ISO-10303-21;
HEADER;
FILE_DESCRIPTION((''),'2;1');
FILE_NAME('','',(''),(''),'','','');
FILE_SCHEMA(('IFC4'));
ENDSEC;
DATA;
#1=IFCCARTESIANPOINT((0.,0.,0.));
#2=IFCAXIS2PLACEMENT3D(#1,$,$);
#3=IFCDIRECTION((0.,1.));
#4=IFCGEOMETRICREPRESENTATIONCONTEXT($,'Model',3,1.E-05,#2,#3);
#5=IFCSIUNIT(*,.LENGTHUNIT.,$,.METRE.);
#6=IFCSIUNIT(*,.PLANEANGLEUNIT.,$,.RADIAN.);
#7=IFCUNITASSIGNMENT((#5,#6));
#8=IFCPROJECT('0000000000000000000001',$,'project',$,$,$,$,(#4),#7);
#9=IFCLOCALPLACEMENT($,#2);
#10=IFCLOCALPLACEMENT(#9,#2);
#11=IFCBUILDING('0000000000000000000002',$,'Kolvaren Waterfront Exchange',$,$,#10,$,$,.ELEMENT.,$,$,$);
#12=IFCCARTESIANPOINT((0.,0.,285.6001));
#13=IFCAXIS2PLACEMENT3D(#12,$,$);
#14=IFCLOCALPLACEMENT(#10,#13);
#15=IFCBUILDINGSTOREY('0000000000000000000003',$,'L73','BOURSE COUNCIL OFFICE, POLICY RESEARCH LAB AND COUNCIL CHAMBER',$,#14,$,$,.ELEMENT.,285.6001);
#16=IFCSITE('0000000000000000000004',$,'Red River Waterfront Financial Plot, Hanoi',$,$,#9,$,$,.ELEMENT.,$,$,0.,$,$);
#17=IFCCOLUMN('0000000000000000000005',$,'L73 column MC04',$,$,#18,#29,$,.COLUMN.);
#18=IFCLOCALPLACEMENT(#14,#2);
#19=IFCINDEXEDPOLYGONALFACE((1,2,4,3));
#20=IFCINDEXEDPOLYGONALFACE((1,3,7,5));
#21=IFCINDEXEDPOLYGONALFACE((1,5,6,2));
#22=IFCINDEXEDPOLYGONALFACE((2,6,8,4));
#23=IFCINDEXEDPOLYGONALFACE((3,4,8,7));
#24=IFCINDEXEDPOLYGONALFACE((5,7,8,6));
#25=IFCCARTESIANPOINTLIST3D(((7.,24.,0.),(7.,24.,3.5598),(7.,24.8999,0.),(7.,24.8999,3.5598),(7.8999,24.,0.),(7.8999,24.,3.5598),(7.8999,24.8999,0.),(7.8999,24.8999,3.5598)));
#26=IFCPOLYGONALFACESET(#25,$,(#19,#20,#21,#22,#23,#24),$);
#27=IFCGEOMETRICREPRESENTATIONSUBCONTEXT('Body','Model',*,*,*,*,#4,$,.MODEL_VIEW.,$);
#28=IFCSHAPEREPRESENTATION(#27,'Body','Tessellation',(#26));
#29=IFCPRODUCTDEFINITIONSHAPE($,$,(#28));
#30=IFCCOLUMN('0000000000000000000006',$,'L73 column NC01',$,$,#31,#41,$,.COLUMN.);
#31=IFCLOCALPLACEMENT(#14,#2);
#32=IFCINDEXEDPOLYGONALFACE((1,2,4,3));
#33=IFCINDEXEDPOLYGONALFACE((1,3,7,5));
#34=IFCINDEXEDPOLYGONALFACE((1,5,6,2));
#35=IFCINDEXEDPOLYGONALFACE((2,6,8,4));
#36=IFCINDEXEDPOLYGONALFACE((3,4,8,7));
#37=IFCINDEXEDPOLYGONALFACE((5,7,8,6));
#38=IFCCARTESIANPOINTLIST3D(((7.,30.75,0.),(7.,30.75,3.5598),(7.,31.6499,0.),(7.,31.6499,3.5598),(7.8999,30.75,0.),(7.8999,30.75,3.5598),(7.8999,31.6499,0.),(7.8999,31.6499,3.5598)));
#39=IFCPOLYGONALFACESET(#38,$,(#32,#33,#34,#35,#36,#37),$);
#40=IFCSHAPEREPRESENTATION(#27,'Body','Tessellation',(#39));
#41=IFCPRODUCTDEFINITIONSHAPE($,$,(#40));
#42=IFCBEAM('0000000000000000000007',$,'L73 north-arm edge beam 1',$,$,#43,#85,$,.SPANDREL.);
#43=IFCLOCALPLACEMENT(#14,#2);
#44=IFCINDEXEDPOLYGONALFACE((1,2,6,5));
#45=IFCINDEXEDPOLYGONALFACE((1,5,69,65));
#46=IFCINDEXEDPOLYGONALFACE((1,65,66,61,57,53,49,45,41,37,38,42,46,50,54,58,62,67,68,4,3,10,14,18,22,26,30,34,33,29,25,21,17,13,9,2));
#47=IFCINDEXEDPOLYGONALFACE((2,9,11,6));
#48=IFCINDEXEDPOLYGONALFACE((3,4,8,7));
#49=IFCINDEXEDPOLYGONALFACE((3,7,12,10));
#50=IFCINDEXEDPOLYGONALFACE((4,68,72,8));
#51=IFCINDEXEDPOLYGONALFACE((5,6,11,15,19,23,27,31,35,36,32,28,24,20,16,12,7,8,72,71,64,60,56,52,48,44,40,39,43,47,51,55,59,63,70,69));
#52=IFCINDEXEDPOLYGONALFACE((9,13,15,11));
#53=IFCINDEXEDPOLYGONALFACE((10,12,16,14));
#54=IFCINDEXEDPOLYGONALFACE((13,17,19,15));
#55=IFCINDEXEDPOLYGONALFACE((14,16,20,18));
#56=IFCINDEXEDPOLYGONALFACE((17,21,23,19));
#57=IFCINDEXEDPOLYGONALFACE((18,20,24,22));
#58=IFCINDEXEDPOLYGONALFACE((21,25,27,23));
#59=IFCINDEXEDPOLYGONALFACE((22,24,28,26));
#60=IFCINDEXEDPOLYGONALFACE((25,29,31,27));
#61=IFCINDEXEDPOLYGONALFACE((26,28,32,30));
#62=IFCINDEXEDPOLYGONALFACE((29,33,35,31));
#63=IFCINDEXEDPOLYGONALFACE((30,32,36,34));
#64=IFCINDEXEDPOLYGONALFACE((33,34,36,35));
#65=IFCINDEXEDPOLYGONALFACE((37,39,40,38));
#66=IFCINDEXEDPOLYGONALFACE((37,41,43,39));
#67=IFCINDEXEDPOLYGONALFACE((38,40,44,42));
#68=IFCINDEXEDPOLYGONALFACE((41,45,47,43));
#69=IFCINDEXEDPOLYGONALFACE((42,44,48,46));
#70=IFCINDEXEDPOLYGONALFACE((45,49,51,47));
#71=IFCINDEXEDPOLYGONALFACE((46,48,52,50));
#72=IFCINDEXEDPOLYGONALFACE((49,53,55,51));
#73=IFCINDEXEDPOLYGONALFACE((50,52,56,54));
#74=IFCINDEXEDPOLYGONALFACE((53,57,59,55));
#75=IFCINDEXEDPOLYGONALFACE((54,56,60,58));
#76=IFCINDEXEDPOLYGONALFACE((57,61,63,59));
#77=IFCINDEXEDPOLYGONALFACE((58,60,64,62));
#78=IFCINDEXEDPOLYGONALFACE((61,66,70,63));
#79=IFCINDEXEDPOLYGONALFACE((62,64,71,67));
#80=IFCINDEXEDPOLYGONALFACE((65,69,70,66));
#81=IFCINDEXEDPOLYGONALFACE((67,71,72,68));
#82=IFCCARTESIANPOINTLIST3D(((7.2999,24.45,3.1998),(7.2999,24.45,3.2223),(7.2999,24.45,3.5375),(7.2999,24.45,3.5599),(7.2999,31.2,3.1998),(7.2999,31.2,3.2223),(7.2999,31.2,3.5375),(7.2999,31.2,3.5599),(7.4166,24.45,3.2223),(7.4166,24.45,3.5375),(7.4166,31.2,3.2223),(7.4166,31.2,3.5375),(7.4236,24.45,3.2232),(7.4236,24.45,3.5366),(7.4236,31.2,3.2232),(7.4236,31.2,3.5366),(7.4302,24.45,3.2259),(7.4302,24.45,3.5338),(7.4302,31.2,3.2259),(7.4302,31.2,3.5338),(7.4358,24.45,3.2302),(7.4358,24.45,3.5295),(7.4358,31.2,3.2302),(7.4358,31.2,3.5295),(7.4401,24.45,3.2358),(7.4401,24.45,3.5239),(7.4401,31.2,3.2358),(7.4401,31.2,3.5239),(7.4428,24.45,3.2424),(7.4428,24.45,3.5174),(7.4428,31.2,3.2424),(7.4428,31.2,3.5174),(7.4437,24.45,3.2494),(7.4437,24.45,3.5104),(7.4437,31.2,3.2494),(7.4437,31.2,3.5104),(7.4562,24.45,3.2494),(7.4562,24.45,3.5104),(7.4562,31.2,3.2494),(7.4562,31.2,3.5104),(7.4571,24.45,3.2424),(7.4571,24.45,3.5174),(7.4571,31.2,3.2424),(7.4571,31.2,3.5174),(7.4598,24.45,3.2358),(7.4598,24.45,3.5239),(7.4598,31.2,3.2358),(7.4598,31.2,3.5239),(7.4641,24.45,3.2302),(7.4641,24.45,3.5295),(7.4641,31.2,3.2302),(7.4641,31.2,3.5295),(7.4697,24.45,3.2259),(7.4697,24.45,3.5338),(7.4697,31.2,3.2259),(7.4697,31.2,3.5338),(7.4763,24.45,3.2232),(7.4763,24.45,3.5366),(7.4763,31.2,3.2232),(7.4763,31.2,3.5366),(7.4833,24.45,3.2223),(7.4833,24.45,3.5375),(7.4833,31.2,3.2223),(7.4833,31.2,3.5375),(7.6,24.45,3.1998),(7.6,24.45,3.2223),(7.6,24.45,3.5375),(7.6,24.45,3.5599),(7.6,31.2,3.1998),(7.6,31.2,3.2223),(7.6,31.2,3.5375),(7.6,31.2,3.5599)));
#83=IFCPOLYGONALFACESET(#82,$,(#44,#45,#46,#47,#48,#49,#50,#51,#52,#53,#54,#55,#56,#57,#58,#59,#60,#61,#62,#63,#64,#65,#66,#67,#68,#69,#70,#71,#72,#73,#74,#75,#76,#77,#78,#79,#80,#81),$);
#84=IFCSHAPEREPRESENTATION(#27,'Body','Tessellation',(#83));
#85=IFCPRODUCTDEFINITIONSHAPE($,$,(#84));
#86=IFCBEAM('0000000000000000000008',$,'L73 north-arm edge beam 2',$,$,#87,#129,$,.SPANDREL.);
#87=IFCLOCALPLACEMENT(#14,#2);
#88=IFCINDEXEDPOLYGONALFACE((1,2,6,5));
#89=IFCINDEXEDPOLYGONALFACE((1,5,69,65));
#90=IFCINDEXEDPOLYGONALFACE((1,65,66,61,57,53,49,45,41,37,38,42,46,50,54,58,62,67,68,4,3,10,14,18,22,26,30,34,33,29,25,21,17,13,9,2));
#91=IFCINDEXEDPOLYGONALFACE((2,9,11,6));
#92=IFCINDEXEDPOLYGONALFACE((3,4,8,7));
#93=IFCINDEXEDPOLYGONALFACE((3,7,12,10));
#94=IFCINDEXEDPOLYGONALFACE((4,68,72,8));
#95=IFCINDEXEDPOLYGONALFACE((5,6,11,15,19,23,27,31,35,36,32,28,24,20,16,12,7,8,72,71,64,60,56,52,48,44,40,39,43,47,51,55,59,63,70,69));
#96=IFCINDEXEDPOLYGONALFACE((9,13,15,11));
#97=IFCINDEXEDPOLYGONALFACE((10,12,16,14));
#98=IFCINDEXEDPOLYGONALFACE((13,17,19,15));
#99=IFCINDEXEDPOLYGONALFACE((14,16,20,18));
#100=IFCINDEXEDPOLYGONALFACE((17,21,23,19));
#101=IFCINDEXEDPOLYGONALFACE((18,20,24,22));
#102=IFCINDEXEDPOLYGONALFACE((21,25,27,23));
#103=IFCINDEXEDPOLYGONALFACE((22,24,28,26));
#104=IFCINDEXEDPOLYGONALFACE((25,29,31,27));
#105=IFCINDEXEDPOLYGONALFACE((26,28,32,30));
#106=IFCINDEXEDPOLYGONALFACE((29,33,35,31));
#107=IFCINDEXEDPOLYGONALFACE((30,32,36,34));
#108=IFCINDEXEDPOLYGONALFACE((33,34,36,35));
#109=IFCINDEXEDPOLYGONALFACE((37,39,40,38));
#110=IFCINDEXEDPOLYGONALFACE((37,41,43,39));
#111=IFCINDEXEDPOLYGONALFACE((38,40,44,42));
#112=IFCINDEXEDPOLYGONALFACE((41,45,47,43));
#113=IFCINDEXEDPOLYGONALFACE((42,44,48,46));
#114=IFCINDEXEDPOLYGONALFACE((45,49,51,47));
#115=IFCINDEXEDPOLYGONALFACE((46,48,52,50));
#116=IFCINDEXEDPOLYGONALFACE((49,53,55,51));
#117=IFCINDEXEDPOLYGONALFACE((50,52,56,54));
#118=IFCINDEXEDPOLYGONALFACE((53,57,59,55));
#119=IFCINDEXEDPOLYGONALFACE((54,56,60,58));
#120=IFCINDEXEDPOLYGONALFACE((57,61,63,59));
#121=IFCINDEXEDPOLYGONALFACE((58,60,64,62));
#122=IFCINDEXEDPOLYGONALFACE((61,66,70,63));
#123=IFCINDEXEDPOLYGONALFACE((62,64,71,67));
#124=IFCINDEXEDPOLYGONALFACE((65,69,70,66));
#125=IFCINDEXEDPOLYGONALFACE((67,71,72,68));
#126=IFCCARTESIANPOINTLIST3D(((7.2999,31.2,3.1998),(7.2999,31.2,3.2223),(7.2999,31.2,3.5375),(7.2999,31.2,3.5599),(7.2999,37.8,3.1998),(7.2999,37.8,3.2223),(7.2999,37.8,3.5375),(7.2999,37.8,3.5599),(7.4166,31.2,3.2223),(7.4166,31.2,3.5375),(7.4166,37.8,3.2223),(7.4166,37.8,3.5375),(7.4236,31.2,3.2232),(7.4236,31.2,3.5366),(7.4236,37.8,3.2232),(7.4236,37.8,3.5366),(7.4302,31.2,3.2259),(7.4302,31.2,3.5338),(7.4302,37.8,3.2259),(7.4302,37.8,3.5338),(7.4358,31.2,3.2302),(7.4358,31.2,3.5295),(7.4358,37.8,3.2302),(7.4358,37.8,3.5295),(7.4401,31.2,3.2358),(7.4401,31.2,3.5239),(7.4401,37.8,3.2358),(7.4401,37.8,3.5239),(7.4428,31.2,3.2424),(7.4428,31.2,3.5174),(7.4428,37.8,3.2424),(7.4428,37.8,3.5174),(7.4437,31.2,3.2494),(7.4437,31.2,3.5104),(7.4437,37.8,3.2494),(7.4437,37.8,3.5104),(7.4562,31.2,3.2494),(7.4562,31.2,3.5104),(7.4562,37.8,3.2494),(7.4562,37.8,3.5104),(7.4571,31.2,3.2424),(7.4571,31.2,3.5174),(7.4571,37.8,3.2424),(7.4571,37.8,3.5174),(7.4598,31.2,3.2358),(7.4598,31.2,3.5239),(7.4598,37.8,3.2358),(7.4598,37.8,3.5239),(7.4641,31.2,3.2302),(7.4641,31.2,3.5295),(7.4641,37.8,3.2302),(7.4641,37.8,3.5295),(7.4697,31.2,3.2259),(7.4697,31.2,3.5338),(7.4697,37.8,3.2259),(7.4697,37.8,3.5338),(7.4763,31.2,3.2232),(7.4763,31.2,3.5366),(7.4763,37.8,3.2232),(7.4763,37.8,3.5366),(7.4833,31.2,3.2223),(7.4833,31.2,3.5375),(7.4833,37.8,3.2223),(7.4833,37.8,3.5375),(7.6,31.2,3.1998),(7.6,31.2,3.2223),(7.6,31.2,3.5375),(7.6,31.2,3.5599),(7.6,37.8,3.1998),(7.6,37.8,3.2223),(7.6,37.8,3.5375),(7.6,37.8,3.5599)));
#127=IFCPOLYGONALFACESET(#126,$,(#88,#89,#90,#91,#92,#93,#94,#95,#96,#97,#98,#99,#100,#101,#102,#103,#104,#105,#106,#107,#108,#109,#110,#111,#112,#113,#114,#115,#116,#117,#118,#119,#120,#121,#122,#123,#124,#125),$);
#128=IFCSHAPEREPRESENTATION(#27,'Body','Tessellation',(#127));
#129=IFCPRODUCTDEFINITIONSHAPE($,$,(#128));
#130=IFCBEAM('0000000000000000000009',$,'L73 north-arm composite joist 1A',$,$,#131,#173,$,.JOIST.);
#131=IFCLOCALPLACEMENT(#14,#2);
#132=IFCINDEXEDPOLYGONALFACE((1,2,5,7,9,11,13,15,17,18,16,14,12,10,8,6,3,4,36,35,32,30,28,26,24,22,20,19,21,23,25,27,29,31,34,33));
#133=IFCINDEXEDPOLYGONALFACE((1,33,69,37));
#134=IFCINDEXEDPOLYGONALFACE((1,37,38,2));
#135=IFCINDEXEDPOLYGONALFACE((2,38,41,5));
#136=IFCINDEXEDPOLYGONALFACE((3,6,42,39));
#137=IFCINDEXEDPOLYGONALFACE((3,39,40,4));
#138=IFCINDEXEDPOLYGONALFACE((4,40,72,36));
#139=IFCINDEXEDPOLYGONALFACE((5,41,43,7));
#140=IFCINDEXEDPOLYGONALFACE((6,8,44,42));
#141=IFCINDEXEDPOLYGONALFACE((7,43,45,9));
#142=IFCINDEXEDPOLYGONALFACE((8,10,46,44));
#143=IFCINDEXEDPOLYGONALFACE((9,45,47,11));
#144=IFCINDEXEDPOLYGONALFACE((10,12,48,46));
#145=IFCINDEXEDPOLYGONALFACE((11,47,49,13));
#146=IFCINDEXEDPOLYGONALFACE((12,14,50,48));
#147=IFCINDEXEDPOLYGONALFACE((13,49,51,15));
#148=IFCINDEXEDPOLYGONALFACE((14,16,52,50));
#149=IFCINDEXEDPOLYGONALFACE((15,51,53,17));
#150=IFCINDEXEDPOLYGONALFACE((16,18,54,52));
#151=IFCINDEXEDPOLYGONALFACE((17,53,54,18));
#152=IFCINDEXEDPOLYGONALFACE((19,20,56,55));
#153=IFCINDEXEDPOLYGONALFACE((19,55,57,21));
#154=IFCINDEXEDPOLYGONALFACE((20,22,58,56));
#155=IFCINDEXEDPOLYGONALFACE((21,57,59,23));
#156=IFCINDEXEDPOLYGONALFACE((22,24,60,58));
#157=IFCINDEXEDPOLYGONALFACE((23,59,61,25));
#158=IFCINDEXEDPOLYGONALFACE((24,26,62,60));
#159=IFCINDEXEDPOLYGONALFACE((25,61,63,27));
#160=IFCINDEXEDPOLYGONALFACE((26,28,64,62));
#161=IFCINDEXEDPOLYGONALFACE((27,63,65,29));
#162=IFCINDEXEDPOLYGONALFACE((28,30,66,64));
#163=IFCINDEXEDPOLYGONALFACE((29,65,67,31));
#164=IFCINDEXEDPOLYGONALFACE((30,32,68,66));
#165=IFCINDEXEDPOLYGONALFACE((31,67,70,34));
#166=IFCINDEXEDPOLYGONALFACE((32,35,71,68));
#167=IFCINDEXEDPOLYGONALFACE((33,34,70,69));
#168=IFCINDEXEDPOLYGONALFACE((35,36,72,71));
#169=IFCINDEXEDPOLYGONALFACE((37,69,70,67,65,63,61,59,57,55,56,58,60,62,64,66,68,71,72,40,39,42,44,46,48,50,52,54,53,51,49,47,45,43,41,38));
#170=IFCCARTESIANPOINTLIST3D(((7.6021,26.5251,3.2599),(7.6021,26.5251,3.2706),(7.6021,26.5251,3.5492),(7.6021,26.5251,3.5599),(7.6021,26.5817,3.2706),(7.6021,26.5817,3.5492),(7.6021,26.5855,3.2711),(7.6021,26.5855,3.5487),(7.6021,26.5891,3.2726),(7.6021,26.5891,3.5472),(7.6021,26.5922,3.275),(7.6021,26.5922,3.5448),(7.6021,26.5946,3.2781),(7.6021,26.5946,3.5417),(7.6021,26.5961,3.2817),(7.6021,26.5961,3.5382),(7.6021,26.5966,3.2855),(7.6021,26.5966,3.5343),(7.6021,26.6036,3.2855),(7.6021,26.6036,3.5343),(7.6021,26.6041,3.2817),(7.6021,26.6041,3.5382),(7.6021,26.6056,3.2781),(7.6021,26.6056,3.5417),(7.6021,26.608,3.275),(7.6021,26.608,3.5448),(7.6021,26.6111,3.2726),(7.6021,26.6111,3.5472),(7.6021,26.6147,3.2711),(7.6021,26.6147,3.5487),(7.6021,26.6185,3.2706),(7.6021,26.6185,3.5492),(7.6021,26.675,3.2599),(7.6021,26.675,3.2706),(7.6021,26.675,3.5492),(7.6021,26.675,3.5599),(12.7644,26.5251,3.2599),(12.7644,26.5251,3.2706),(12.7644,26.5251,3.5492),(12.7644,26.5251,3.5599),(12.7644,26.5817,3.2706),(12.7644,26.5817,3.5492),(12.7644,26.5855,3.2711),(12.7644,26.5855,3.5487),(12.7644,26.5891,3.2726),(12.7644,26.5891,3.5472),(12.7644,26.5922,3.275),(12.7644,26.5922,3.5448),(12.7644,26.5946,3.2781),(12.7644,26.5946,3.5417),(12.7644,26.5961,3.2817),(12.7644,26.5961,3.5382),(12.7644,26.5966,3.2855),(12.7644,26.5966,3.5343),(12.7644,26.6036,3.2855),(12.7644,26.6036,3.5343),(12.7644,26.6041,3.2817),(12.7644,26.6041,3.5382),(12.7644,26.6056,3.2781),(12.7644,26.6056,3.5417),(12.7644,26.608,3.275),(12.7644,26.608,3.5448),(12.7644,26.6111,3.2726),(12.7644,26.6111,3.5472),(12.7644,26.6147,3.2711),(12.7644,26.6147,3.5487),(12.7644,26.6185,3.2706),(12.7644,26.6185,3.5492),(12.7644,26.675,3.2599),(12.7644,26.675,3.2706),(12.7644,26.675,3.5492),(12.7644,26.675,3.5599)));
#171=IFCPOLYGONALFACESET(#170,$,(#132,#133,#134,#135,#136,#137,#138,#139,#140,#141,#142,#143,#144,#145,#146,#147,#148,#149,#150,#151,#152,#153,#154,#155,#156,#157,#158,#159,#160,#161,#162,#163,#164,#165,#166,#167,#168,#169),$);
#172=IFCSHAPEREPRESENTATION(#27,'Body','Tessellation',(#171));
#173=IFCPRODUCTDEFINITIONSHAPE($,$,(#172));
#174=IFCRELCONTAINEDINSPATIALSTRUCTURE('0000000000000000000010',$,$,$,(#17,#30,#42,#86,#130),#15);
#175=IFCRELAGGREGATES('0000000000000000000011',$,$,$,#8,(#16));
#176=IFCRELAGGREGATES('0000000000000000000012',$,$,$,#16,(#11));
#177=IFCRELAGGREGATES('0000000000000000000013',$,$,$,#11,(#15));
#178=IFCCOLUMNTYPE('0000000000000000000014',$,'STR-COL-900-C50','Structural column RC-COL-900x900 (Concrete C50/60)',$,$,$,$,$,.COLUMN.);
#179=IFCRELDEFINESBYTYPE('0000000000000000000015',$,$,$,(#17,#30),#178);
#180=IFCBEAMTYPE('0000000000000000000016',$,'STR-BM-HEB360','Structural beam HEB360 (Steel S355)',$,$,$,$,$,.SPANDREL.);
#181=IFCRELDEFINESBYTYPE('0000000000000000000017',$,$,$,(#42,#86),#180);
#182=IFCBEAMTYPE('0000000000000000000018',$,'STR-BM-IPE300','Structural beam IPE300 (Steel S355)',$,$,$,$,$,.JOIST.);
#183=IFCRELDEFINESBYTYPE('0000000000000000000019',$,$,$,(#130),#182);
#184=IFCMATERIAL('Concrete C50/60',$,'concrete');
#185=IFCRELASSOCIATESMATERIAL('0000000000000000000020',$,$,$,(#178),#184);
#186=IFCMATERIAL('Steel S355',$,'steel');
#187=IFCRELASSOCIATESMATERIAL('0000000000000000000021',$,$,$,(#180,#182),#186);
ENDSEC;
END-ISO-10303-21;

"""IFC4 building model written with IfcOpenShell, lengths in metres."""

from ifc_helpers import new_model, si_unit, direction, frame, origin, origin_2d, place, context, subcontext, project, spatial, rectangle, i_section, extrude, material, material_profile, profile_set, type_object, element, save


model = new_model("IFC4")

# Units and contexts
model_context = context("Model", 3, precision=1e-05, world=origin(), true_north=direction((0.0, 1.0)))
body_context = subcontext(model_context, "Body", "Model", "MODEL_VIEW")
ifc_project = project(units=[si_unit("LENGTHUNIT", "METRE"), si_unit("PLANEANGLEUNIT", "RADIAN")], contexts=[model_context])

# Site, building, storey
site_placement = place(None, origin())
site = spatial("IfcSite", under=ifc_project, at=site_placement, Name="Red River Waterfront Financial Plot, Hanoi", CompositionType="ELEMENT", RefElevation=0.0)
building_placement = place(site_placement, origin())
building = spatial("IfcBuilding", under=site, at=building_placement, Name="Kolvaren Waterfront Exchange", CompositionType="ELEMENT")
storey_placement = place(building_placement, frame((0.0, 0.0, 285.6001)))
storey = spatial("IfcBuildingStorey", under=building, at=storey_placement, Name="L73", Description="BOURSE COUNCIL OFFICE, POLICY RESEARCH LAB AND COUNCIL CHAMBER", CompositionType="ELEMENT", Elevation=285.6001)

# Columns
ifc_material_1 = material(Name="Concrete C50/60", Category="concrete")
ifc_material_profile_1 = material_profile(ifc_material_1, rectangle(XDim=0.8999, YDim=0.8999, at=origin_2d()), Name="RC-COL-900x900")
ifc_profile_set_1 = profile_set([ifc_material_profile_1], Name="Concrete C50/60")
column_type = type_object("IfcColumnType", Name="STR-COL-900-C50", Description="Structural column RC-COL-900x900 (Concrete C50/60)", PredefinedType="COLUMN", material=ifc_profile_set_1)
for number, where, z_axis, x_axis, name in (
    (1, (7.45, 24.45, 0.0), (0.0, 0.0, 1.0), (1.0, 0.0, 0.0), "L73 column MC04"),
    (2, (7.45, 31.2, 0.0), (0.0, 0.0, 1.0), (1.0, 0.0, 0.0), "L73 column NC01"),
):
    element("IfcColumn", number, at=place(storey_placement, frame(where, z_axis=z_axis, x_axis=x_axis)), inside=storey, type_object=column_type, Name=name, PredefinedType="COLUMN", context=body_context, shape_type="SweptSolid", body=[
        extrude(rectangle(XDim=0.8999, YDim=0.8999, at=origin_2d()), origin(), (0.0, 0.0, 1.0), 3.5598),
    ])

# Beams
ifc_material_2 = material(Name="Steel S355", Category="steel")
ifc_material_profile_2 = material_profile(ifc_material_2, i_section(OverallWidth=0.3, OverallDepth=0.3601, WebThickness=0.0125, FlangeThickness=0.0225, FilletRadius=0.0271, at=origin_2d()), Name="HEB360")
ifc_profile_set_2 = profile_set([ifc_material_profile_2], Name="Steel S355")
beam_type_1 = type_object("IfcBeamType", Name="STR-BM-HEB360", Description="Structural beam HEB360 (Steel S355)", PredefinedType="SPANDREL", material=ifc_profile_set_2)
beam_1_placement = place(storey_placement, frame((7.45, 24.45, 3.3799), z_axis=(0.0, 1.0, 0.0), x_axis=(-1.0, 0.0, 0.0)))
element("IfcBeam", 3, at=beam_1_placement, inside=storey, type_object=beam_type_1, Name="L73 north-arm edge beam 1", PredefinedType="SPANDREL", context=body_context, shape_type="SweptSolid", body=[
    extrude(i_section(OverallWidth=0.3, OverallDepth=0.3601, WebThickness=0.0125, FlangeThickness=0.0225, FilletRadius=0.0271, at=origin_2d()), origin(), (0.0, 0.0, 1.0), 6.75),
])
beam_2_placement = place(storey_placement, frame((7.45, 31.2, 3.3799), z_axis=(0.0, 1.0, 0.0), x_axis=(-1.0, 0.0, 0.0)))
element("IfcBeam", 4, at=beam_2_placement, inside=storey, type_object=beam_type_1, Name="L73 north-arm edge beam 2", PredefinedType="SPANDREL", context=body_context, shape_type="SweptSolid", body=[
    extrude(i_section(OverallWidth=0.3, OverallDepth=0.3601, WebThickness=0.0125, FlangeThickness=0.0225, FilletRadius=0.0271, at=origin_2d()), origin(), (0.0, 0.0, 1.0), 6.6001),
])
ifc_material_profile_3 = material_profile(ifc_material_2, i_section(OverallWidth=0.1499, OverallDepth=0.3, WebThickness=0.0071, FlangeThickness=0.0107, FilletRadius=0.0149, at=origin_2d()), Name="IPE300")
ifc_profile_set_3 = profile_set([ifc_material_profile_3], Name="Steel S355")
beam_type_2 = type_object("IfcBeamType", Name="STR-BM-IPE300", Description="Structural beam IPE300 (Steel S355)", PredefinedType="JOIST", material=ifc_profile_set_3)
for number, where, z_axis, x_axis, name in (
    (5, (7.6021, 26.6001, 3.4099), (1.0, 0.0, 0.0), (0.0, 1.0, 0.0), "L73 north-arm composite joist 1A"),
):
    element("IfcBeam", number, at=place(storey_placement, frame(where, z_axis=z_axis, x_axis=x_axis)), inside=storey, type_object=beam_type_2, Name=name, PredefinedType="JOIST", context=body_context, shape_type="SweptSolid", body=[
        extrude(i_section(OverallWidth=0.1499, OverallDepth=0.3, WebThickness=0.0071, FlangeThickness=0.0107, FilletRadius=0.0149, at=origin_2d()), origin(), (0.0, 0.0, 1.0), 5.1624),
    ])

save(model, "model.ifc")
